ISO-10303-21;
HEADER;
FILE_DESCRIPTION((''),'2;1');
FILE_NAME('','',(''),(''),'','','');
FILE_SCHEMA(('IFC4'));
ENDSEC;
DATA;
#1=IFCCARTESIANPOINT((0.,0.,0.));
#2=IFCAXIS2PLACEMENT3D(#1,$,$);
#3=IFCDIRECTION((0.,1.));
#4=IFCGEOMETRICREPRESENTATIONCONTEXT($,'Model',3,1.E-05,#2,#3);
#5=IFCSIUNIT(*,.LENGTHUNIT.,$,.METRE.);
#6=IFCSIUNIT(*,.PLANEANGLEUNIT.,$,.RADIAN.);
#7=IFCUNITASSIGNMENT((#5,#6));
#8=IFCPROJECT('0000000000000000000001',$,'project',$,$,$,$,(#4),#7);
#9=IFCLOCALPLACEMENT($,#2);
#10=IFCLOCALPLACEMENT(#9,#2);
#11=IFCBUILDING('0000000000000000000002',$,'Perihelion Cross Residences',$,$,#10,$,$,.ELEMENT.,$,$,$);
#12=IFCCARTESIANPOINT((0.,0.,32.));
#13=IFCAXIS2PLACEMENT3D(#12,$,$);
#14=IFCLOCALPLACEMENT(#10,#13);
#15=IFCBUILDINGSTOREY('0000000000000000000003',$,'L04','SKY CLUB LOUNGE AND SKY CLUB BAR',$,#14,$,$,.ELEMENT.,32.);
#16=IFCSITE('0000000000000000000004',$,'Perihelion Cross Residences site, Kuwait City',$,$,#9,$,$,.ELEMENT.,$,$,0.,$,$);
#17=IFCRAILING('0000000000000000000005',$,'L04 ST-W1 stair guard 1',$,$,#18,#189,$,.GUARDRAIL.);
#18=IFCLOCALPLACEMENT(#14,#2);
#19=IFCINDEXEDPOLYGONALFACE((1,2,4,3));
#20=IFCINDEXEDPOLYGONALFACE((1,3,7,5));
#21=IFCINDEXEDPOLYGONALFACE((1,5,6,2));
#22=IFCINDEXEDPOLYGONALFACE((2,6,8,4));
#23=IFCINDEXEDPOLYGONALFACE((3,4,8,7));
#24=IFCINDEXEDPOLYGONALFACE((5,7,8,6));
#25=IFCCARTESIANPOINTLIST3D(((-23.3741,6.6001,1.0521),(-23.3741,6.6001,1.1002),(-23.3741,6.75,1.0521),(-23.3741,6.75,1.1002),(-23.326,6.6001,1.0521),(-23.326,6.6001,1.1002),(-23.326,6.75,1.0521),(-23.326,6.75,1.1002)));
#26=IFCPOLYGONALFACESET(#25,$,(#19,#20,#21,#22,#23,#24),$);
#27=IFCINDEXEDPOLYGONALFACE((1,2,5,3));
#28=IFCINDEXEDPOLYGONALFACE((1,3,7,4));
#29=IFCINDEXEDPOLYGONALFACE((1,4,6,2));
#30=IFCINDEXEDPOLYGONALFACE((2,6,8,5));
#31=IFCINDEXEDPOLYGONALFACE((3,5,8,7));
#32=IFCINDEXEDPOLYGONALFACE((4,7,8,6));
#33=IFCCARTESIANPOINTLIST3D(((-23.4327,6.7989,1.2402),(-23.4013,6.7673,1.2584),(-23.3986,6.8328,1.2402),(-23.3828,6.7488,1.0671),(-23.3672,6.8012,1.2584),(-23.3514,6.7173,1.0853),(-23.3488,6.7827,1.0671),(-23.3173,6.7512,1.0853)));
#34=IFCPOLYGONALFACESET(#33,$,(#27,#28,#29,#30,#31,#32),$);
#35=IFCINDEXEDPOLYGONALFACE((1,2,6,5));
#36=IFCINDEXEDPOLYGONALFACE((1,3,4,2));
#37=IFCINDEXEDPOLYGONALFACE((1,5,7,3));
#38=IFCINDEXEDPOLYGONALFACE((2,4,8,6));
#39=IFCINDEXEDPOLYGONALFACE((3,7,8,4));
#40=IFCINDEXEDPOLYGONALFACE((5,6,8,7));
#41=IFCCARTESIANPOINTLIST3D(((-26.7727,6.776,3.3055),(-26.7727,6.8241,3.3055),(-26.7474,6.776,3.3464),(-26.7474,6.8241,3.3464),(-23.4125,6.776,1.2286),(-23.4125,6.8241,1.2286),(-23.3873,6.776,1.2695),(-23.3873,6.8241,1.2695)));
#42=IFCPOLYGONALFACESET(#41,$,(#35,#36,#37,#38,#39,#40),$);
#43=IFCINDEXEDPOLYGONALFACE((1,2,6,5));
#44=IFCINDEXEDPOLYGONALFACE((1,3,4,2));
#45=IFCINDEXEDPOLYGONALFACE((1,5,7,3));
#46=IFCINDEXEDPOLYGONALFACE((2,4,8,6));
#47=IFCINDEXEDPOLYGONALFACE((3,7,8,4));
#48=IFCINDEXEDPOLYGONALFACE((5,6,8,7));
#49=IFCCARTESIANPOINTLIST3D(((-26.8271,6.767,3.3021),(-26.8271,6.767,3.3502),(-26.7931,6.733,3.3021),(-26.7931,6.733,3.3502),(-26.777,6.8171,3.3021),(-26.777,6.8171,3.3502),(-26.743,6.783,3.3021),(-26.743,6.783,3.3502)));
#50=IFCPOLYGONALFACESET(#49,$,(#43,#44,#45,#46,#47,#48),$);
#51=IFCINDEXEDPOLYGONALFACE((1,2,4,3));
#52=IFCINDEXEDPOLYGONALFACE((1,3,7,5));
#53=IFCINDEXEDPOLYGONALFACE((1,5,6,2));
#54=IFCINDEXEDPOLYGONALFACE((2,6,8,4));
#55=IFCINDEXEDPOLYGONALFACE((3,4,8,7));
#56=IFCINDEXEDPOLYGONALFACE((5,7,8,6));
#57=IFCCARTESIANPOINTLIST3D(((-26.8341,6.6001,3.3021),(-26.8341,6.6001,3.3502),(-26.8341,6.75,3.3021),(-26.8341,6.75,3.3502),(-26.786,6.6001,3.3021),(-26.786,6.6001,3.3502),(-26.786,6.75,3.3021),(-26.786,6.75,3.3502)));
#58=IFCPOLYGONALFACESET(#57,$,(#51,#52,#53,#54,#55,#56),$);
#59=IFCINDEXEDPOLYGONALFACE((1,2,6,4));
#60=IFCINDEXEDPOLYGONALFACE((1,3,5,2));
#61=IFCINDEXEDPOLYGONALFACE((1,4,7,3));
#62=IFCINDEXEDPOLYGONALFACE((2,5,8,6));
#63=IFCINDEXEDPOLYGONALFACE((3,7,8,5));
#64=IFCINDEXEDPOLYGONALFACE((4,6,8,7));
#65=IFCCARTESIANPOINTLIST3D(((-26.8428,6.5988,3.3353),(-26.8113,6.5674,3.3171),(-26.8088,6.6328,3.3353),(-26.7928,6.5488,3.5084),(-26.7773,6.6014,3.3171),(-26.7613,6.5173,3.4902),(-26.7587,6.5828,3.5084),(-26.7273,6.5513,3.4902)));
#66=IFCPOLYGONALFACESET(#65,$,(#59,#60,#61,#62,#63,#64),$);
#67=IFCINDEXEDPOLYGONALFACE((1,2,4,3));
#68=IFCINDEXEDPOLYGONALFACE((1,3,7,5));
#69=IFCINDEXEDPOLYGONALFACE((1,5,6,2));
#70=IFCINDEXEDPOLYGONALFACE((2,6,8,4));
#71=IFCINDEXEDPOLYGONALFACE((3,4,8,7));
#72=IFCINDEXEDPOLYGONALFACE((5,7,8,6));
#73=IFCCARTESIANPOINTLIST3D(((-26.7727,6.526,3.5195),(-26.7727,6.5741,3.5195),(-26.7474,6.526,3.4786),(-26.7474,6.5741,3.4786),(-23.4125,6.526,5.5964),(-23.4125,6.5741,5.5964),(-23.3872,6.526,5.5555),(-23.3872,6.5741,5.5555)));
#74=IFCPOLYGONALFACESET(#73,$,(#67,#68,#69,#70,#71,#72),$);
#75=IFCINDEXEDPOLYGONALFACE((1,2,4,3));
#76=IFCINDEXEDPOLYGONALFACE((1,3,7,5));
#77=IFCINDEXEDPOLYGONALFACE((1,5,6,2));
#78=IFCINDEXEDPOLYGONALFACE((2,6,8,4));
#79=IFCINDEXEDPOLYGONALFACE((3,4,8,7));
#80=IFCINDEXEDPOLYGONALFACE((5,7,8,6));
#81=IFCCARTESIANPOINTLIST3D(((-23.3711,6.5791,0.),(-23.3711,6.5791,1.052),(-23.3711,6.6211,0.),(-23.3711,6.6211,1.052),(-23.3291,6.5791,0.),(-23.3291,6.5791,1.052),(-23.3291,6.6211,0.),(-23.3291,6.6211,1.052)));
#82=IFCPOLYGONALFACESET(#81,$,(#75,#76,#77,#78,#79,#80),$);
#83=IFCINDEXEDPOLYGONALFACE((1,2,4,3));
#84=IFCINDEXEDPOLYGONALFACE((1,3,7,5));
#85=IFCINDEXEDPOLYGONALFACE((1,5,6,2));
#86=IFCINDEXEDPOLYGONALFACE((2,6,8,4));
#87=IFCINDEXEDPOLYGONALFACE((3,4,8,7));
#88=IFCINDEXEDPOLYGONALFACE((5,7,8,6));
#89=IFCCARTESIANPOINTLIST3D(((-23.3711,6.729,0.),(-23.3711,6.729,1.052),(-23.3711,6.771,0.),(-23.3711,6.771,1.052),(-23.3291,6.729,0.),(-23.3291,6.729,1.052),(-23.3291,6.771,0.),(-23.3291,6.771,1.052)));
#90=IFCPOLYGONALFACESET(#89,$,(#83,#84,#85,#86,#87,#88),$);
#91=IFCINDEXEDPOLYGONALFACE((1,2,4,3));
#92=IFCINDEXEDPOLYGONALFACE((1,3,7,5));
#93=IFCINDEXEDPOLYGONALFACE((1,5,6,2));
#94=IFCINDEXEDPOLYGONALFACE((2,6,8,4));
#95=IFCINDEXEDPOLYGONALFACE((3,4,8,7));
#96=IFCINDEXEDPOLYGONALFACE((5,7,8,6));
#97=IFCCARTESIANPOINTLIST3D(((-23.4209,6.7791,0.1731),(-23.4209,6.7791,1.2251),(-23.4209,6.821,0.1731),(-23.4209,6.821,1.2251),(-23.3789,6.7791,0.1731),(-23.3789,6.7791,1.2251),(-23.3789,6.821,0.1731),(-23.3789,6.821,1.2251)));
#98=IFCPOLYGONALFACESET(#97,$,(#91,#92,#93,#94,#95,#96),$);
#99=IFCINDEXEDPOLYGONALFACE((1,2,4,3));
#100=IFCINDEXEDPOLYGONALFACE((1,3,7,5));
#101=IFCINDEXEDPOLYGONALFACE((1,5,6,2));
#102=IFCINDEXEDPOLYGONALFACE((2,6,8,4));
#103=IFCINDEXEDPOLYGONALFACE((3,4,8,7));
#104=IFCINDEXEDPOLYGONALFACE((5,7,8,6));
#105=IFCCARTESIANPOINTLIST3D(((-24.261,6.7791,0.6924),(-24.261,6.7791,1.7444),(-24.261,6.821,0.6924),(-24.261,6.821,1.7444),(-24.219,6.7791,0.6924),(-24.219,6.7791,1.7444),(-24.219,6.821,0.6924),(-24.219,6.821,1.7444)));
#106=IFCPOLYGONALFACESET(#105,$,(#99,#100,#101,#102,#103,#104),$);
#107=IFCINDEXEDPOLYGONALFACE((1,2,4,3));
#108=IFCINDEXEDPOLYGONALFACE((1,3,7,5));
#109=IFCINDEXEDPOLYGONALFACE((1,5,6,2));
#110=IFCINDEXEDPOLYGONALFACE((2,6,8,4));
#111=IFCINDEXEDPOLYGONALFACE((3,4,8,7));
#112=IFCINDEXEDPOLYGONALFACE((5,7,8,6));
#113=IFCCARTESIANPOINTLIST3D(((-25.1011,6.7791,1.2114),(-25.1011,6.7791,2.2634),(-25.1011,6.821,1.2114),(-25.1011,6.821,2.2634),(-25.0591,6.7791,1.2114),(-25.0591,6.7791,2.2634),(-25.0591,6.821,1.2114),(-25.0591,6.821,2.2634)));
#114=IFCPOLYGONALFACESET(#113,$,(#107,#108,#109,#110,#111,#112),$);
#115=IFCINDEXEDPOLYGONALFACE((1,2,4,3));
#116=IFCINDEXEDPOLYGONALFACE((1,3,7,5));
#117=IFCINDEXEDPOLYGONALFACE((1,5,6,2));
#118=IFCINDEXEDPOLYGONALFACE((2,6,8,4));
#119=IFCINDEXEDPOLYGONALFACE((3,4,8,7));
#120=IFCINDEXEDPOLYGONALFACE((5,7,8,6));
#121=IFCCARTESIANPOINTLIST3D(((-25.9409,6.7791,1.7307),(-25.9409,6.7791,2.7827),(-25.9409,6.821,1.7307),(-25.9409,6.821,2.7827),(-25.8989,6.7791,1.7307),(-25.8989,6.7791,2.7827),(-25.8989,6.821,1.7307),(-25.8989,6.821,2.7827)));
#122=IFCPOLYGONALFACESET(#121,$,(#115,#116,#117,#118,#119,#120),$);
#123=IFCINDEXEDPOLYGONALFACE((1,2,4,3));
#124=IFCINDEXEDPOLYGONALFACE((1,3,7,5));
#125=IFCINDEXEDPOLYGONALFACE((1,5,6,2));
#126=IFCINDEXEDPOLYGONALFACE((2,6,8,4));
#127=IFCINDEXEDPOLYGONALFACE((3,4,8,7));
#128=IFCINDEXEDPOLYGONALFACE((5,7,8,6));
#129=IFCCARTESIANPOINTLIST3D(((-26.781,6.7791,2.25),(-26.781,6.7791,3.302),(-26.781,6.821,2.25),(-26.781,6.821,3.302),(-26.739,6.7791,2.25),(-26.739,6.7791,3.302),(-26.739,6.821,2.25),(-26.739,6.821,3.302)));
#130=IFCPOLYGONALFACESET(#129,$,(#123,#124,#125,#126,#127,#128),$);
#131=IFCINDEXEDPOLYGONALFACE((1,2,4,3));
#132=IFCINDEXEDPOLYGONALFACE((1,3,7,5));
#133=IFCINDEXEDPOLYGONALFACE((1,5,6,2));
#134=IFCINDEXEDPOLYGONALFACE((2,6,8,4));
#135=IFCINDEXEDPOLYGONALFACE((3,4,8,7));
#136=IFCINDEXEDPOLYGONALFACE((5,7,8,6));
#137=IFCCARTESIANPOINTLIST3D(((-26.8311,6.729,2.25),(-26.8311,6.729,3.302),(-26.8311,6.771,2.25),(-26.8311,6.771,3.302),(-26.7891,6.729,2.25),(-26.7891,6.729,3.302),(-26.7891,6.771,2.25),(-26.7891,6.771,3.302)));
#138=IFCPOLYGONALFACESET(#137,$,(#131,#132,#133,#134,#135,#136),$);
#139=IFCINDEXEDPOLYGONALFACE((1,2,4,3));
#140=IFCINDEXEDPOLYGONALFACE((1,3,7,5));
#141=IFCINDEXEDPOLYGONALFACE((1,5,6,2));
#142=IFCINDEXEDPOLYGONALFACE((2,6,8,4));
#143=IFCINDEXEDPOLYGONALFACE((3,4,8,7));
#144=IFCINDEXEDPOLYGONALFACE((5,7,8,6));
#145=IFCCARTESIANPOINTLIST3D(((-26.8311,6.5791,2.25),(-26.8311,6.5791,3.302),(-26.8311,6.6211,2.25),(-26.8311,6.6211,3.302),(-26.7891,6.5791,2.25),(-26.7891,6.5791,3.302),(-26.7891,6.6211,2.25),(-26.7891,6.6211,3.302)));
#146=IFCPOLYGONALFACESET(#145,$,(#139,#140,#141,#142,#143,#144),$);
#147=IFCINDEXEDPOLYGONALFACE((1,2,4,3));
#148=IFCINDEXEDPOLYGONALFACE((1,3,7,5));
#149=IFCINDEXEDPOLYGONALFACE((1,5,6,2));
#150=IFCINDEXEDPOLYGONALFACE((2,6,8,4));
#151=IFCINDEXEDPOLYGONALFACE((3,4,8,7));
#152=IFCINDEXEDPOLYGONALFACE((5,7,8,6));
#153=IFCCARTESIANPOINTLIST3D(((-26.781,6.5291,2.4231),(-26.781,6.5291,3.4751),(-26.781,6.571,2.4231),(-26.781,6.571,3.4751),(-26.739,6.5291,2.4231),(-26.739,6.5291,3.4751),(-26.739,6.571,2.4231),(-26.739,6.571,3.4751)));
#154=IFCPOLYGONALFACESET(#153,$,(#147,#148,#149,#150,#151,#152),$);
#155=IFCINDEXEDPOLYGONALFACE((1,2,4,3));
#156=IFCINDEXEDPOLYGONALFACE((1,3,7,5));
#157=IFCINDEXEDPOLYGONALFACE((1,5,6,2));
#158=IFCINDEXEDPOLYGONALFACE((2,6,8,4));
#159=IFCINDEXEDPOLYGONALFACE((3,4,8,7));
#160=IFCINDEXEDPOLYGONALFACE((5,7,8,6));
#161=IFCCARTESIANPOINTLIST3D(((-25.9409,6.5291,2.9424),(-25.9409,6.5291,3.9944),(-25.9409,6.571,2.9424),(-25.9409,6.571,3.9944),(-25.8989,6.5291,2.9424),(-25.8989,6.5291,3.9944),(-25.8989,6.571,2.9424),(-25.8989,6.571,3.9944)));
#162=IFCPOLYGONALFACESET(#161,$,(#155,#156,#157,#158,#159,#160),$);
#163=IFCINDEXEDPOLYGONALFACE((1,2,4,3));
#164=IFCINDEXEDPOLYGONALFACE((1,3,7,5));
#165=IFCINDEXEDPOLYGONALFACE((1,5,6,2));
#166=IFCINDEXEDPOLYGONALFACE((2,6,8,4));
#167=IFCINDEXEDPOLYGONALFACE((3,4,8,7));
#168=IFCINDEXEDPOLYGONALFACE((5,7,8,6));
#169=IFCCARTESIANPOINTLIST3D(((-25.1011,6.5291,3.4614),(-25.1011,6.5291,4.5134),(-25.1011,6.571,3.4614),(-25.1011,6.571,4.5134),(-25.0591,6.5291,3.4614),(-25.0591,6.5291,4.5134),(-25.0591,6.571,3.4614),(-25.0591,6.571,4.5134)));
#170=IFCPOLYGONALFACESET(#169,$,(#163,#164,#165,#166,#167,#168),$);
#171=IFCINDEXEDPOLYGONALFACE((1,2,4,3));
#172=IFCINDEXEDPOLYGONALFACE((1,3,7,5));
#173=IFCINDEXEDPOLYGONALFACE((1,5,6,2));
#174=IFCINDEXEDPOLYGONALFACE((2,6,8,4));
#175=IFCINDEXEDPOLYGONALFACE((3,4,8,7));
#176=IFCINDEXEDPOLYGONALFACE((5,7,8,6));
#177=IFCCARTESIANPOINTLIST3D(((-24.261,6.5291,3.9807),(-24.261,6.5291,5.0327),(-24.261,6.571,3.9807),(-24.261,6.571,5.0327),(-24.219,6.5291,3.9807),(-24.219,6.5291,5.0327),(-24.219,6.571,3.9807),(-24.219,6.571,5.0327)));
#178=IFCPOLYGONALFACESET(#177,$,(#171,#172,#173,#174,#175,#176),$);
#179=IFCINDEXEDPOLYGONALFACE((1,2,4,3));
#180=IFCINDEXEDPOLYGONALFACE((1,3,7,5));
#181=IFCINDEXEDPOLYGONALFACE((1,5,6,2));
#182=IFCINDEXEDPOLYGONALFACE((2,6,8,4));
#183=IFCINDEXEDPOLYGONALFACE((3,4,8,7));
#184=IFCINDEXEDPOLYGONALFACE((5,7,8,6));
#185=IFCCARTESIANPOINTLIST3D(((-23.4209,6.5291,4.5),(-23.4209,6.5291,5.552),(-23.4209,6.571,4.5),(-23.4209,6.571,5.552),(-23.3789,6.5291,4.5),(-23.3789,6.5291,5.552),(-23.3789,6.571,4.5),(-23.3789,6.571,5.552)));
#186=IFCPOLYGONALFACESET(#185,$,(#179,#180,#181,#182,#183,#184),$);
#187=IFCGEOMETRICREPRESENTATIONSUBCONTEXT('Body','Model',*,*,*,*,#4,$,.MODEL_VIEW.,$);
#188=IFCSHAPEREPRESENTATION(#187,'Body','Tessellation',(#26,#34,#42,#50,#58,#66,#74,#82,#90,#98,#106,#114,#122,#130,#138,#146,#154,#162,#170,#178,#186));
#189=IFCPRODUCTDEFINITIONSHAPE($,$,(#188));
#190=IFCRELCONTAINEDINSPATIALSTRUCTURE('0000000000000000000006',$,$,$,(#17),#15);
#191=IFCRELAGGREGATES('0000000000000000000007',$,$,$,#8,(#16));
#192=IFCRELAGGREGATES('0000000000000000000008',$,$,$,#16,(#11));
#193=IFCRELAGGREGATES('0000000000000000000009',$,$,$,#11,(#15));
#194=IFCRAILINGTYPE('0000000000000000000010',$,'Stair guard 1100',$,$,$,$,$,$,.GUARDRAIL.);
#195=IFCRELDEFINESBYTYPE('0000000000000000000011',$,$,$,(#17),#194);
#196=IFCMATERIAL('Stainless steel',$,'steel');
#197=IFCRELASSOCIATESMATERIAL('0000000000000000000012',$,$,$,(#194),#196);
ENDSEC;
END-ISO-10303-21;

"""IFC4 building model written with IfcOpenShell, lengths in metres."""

from ifc_helpers import new_model, si_unit, direction, frame, origin, origin_2d, place, context, subcontext, project, spatial, rectangle, extrude, material, type_object, element, save


model = new_model("IFC4")

# Units and contexts
model_context = context("Model", 3, precision=1e-05, world=origin(), true_north=direction((0.0, 1.0)))
body_context = subcontext(model_context, "Body", "Model", "MODEL_VIEW")
ifc_project = project(units=[si_unit("LENGTHUNIT", "METRE"), si_unit("PLANEANGLEUNIT", "RADIAN")], contexts=[model_context])

# Site, building, storey
site_placement = place(None, origin())
site = spatial("IfcSite", under=ifc_project, at=site_placement, Name="Perihelion Cross Residences site, Kuwait City", CompositionType="ELEMENT", RefElevation=0.0)
building_placement = place(site_placement, origin())
building = spatial("IfcBuilding", under=site, at=building_placement, Name="Perihelion Cross Residences", CompositionType="ELEMENT")
storey_placement = place(building_placement, frame((0.0, 0.0, 32.0)))
storey = spatial("IfcBuildingStorey", under=building, at=storey_placement, Name="L04", Description="SKY CLUB LOUNGE AND SKY CLUB BAR", CompositionType="ELEMENT", Elevation=32.0)

# Railing
ifc_material_1 = material(Name="Stainless steel", Category="steel")
railing_type_1 = type_object("IfcRailingType", Name="Stair guard 1100", PredefinedType="GUARDRAIL", material=ifc_material_1)
railing_1_placement = place(storey_placement, frame((-23.3501, 6.6001, 0.0)))
element("IfcRailing", 1, at=railing_1_placement, inside=storey, type_object=railing_type_1, Name="L04 ST-W1 stair guard 1", PredefinedType="GUARDRAIL", context=body_context, shape_type="SweptSolid", body=[
    extrude(rectangle(XDim=0.0481, YDim=0.0481, at=origin_2d()), frame((0.0, 0.0, 1.0762), z_axis=(0.0, 1.0, 0.0), x_axis=(-1.0, 0.0, 0.0)), (0.0, 0.0, 1.0), 0.1499),
    extrude(rectangle(XDim=0.0481, YDim=0.0481, at=origin_2d()), frame((0.0, 0.1499, 1.0762), z_axis=(-0.266417, 0.267723, 0.92593), x_axis=(-0.708834, -0.705376, 0.0)), (0.0, 0.0, 1.0), 0.187),
    extrude(rectangle(XDim=0.0481, YDim=0.0481, at=origin_2d()), frame((-0.0498, 0.2, 1.249), z_axis=(-0.850623, 0.0, 0.525776), x_axis=(0.0, -1.0, 0.0)), (0.0, 0.0, 1.0), 3.9502),
    extrude(rectangle(XDim=0.0481, YDim=0.0481, at=origin_2d()), frame((-3.4099, 0.2, 3.3262), z_axis=(-0.707107, -0.707107, 0.0), x_axis=(0.707107, -0.707107, 0.0)), (0.0, 0.0, 1.0), 0.0708),
    extrude(rectangle(XDim=0.0481, YDim=0.0481, at=origin_2d()), frame((-3.46, 0.1499, 3.3262), z_axis=(0.0, -1.0, 0.0), x_axis=(1.0, 0.0, 0.0)), (0.0, 0.0, 1.0), 0.1499),
    extrude(rectangle(XDim=0.0481, YDim=0.0481, at=origin_2d()), frame((-3.46, 0.0, 3.3262), z_axis=(0.26763, -0.26763, 0.925607), x_axis=(0.707107, 0.707107, 0.0)), (0.0, 0.0, 1.0), 0.187),
    extrude(rectangle(XDim=0.0481, YDim=0.0481, at=origin_2d()), frame((-3.4099, -0.05, 3.499), z_axis=(0.850623, 0.0, 0.525776), x_axis=(0.0, 1.0, 0.0)), (0.0, 0.0, 1.0), 3.9502),
    extrude(rectangle(XDim=0.042, YDim=0.042, at=origin_2d()), origin(), (0.0, 0.0, 1.0), 1.052),
    extrude(rectangle(XDim=0.042, YDim=0.042, at=origin_2d()), frame((0.0, 0.1499, 0.0)), (0.0, 0.0, 1.0), 1.052),
    extrude(rectangle(XDim=0.042, YDim=0.042, at=origin_2d()), frame((-0.0498, 0.2, 0.1731)), (0.0, 0.0, 1.0), 1.052),
    extrude(rectangle(XDim=0.042, YDim=0.042, at=origin_2d()), frame((-0.8899, 0.2, 0.6924)), (0.0, 0.0, 1.0), 1.052),
    extrude(rectangle(XDim=0.042, YDim=0.042, at=origin_2d()), frame((-1.73, 0.2, 1.2114)), (0.0, 0.0, 1.0), 1.052),
    extrude(rectangle(XDim=0.042, YDim=0.042, at=origin_2d()), frame((-2.5698, 0.2, 1.7307)), (0.0, 0.0, 1.0), 1.052),
    extrude(rectangle(XDim=0.042, YDim=0.042, at=origin_2d()), frame((-3.4099, 0.2, 2.25)), (0.0, 0.0, 1.0), 1.052),
    extrude(rectangle(XDim=0.042, YDim=0.042, at=origin_2d()), frame((-3.46, 0.1499, 2.25)), (0.0, 0.0, 1.0), 1.052),
    extrude(rectangle(XDim=0.042, YDim=0.042, at=origin_2d()), frame((-3.46, 0.0, 2.25)), (0.0, 0.0, 1.0), 1.052),
    extrude(rectangle(XDim=0.042, YDim=0.042, at=origin_2d()), frame((-3.4099, -0.05, 2.4231)), (0.0, 0.0, 1.0), 1.052),
    extrude(rectangle(XDim=0.042, YDim=0.042, at=origin_2d()), frame((-2.5698, -0.05, 2.9424)), (0.0, 0.0, 1.0), 1.052),
    extrude(rectangle(XDim=0.042, YDim=0.042, at=origin_2d()), frame((-1.73, -0.05, 3.4614)), (0.0, 0.0, 1.0), 1.052),
    extrude(rectangle(XDim=0.042, YDim=0.042, at=origin_2d()), frame((-0.8899, -0.05, 3.9807)), (0.0, 0.0, 1.0), 1.052),
    extrude(rectangle(XDim=0.042, YDim=0.042, at=origin_2d()), frame((-0.0498, -0.05, 4.5)), (0.0, 0.0, 1.0), 1.052),
])

save(model, "model.ifc")
